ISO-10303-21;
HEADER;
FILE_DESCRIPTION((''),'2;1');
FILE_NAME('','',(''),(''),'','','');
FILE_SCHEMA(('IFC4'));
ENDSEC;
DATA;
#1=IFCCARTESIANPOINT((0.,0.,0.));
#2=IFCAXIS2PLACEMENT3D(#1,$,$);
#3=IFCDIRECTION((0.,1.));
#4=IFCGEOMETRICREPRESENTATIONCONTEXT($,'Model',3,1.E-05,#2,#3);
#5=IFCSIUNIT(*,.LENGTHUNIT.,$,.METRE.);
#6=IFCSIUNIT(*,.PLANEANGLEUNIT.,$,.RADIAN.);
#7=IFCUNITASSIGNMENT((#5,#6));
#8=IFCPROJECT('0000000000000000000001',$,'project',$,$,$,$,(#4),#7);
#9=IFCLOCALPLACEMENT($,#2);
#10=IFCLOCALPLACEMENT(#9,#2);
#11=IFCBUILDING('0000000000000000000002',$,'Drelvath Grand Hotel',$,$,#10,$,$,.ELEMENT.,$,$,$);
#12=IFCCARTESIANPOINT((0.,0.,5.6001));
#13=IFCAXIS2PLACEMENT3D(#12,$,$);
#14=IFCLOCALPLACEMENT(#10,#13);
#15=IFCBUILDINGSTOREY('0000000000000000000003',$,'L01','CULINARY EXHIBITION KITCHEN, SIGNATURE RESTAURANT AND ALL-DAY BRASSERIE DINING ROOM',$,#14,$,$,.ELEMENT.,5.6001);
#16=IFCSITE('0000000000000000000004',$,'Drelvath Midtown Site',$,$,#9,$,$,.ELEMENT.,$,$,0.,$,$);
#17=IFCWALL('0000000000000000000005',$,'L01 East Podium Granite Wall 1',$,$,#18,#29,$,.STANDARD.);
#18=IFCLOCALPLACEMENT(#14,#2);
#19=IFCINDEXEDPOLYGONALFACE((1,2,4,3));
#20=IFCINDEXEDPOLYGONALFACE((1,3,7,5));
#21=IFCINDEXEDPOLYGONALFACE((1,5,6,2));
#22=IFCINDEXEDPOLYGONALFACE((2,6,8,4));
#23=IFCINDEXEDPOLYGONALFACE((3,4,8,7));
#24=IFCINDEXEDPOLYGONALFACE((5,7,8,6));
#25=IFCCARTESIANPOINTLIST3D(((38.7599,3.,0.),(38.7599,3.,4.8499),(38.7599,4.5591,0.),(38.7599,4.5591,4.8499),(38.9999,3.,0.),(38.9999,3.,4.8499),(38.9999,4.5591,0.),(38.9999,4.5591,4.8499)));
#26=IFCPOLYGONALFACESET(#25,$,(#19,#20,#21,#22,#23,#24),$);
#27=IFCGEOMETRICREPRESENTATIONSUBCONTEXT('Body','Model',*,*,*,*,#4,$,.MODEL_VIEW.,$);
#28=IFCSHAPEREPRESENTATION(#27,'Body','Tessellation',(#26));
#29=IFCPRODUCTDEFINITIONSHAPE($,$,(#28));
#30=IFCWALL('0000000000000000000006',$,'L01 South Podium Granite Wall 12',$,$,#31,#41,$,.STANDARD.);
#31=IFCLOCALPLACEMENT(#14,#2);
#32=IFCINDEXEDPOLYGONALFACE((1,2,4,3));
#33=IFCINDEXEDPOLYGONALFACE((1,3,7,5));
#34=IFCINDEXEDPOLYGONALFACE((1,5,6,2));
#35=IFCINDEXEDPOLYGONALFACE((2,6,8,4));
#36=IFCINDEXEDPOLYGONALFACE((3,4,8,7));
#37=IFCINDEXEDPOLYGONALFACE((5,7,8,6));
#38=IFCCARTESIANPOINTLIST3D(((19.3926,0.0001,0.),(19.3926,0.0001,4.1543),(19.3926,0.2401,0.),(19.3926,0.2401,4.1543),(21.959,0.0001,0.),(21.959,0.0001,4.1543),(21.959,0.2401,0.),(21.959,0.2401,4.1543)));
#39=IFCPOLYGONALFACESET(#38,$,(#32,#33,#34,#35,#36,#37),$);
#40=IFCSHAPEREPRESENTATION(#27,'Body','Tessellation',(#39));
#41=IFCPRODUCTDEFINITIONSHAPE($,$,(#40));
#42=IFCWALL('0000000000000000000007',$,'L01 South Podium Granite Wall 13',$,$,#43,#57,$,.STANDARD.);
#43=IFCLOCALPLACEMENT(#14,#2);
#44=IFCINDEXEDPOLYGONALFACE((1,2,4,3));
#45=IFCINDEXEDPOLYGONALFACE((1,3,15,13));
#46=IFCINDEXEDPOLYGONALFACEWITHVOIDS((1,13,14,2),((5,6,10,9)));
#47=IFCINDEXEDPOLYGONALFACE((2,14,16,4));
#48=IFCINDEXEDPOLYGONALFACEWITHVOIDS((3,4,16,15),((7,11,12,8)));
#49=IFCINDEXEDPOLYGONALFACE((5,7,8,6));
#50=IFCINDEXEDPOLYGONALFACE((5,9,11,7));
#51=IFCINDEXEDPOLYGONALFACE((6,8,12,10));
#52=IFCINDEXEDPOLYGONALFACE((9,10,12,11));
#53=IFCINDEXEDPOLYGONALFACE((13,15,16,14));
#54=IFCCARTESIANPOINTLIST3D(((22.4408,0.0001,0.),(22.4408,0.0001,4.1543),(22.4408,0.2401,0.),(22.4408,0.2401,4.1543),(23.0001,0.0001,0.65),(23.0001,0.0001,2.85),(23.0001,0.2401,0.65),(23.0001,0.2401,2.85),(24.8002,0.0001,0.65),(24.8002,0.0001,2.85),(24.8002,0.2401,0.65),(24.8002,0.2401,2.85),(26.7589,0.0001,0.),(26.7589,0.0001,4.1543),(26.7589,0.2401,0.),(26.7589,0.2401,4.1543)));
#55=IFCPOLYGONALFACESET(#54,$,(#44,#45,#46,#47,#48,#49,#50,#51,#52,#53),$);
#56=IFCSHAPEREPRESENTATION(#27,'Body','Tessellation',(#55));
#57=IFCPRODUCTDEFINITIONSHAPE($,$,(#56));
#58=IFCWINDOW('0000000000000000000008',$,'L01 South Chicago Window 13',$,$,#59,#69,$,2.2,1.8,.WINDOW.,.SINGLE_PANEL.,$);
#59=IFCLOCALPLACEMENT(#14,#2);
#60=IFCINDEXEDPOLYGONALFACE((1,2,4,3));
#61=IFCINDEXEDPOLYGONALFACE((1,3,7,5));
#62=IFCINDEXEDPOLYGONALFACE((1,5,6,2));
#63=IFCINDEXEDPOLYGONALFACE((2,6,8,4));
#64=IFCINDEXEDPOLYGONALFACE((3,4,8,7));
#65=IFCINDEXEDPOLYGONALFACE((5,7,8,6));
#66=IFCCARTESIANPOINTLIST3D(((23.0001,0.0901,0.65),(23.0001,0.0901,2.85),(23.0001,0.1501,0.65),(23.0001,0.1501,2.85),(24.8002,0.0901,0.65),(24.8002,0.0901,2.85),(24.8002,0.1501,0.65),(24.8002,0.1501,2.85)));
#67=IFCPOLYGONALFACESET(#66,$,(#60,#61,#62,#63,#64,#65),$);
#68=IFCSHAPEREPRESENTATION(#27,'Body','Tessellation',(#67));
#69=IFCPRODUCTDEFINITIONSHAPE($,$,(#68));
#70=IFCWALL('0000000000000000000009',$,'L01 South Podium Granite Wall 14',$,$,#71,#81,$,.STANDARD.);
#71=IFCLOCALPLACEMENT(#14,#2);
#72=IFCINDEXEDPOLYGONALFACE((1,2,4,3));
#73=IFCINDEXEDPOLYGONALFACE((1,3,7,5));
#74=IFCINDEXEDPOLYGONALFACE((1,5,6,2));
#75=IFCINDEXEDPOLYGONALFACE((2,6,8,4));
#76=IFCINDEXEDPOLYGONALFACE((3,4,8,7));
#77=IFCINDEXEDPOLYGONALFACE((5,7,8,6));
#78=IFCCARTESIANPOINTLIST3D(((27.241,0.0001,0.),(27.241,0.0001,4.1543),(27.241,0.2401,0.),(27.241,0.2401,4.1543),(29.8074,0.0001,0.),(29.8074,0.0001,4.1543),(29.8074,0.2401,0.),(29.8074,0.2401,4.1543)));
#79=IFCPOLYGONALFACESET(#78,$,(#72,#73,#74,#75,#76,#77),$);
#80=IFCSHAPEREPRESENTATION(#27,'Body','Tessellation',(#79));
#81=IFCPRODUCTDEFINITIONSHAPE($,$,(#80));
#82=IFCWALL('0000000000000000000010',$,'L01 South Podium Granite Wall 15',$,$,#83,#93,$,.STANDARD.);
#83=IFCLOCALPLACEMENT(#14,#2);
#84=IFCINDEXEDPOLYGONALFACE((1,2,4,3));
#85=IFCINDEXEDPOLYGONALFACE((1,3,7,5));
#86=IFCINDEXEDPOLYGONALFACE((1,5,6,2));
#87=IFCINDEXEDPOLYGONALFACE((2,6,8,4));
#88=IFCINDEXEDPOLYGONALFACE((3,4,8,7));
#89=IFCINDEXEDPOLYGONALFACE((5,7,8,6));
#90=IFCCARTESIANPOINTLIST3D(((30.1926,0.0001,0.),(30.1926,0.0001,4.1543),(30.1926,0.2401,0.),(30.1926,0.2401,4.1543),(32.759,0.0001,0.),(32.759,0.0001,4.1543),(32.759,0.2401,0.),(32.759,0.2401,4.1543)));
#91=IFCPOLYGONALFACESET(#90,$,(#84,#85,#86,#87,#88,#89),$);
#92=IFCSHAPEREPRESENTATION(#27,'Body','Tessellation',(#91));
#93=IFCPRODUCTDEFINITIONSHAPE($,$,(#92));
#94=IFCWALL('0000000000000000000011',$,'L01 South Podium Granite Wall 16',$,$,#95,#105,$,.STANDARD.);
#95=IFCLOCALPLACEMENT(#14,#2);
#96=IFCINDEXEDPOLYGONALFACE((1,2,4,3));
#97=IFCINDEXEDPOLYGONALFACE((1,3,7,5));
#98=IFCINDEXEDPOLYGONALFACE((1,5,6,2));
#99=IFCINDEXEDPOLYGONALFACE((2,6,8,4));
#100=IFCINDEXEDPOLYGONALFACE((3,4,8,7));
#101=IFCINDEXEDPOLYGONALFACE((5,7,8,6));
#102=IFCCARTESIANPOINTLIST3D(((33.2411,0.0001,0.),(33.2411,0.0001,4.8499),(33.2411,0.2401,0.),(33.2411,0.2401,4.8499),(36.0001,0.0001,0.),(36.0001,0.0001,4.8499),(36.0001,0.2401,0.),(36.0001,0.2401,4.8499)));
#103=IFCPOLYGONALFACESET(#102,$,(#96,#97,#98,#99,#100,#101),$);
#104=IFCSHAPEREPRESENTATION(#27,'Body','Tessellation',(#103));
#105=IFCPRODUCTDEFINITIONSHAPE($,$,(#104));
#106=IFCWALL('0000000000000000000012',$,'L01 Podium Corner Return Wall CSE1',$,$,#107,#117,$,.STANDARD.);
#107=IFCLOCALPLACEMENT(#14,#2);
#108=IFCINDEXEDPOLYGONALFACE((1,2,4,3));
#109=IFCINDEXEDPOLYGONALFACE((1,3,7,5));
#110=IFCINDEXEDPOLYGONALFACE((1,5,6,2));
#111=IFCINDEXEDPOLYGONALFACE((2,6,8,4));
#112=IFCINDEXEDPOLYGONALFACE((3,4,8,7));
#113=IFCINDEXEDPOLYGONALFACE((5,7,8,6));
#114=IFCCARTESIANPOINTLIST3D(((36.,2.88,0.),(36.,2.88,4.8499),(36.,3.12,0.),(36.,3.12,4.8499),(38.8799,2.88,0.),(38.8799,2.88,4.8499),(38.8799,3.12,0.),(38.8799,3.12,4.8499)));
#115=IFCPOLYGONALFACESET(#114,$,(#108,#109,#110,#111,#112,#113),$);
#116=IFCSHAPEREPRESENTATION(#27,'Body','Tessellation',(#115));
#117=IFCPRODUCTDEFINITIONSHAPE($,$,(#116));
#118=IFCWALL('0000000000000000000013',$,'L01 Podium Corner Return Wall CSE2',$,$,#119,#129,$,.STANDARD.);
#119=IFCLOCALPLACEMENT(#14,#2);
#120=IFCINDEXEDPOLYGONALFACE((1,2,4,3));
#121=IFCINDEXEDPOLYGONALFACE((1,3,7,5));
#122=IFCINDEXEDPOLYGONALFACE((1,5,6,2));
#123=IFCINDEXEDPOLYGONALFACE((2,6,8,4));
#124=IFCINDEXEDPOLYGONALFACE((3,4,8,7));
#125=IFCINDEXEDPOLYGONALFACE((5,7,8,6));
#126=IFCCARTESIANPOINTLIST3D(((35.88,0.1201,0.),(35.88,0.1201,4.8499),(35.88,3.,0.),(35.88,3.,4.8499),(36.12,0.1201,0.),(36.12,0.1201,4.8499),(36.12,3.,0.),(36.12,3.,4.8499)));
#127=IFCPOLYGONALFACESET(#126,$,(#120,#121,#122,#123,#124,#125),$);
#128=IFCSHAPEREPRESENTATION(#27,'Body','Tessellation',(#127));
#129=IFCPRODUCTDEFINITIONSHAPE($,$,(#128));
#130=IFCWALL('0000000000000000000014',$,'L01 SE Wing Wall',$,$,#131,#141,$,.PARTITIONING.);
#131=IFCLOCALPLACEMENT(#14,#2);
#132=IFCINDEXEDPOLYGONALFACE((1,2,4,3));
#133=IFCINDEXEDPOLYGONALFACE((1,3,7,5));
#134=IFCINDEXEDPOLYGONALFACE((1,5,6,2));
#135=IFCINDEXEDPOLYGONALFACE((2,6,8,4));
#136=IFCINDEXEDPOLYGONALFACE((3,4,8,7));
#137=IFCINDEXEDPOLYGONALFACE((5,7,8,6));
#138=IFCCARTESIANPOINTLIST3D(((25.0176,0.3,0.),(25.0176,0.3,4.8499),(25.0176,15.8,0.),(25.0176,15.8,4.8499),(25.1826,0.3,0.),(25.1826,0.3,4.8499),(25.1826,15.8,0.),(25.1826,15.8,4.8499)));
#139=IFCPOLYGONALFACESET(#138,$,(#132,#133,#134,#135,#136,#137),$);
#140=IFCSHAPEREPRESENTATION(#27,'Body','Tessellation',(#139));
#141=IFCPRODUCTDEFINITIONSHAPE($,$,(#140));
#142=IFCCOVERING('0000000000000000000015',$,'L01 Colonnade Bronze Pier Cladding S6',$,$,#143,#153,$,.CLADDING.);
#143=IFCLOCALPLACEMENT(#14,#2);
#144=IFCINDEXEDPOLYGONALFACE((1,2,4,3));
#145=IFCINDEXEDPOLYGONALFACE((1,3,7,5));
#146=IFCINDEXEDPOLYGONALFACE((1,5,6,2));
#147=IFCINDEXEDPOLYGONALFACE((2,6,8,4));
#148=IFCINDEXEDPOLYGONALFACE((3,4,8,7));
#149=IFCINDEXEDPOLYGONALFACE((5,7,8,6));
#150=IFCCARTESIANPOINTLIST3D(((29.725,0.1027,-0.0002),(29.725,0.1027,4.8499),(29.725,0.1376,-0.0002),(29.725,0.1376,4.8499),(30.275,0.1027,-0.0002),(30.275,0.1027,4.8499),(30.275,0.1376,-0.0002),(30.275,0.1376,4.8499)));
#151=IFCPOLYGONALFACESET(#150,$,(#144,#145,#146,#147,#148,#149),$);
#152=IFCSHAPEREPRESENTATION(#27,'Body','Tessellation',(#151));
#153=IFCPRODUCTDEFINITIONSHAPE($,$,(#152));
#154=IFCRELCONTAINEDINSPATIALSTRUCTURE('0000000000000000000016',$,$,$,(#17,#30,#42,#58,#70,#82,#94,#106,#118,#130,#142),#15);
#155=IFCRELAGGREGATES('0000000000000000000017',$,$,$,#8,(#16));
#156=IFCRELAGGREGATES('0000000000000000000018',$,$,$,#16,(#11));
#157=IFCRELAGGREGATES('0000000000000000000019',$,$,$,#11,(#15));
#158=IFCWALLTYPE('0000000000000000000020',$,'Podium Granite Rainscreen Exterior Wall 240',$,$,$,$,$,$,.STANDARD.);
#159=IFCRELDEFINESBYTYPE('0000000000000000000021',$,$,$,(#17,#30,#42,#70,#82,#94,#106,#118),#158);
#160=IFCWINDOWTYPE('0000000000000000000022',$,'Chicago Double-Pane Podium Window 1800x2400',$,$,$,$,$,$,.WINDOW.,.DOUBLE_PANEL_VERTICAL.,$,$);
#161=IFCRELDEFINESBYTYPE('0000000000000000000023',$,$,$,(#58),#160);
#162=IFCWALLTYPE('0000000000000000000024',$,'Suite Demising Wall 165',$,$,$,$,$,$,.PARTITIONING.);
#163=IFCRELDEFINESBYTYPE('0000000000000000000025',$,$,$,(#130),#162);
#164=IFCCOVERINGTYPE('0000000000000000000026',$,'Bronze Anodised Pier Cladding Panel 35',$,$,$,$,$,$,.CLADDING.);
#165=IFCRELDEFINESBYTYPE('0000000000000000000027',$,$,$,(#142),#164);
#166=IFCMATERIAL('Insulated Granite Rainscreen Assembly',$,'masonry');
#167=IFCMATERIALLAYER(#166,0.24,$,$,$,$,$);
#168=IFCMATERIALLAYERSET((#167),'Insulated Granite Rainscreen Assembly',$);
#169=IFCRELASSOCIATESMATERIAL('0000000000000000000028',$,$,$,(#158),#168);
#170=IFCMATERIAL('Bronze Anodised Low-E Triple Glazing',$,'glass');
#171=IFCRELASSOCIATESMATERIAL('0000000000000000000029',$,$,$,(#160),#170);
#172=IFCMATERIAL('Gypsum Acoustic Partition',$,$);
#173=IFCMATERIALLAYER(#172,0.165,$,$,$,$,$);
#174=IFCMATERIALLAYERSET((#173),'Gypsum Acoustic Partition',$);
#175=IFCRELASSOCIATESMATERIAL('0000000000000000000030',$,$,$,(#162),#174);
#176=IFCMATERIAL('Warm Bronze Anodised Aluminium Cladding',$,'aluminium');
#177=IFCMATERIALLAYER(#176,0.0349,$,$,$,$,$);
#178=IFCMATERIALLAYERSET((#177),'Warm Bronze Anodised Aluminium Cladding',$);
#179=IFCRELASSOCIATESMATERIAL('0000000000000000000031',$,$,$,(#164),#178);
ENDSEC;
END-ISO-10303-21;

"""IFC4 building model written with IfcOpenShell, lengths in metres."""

from ifc_helpers import new_model, si_unit, direction, frame, frame_2d, origin, origin_2d, place, context, subcontext, project, spatial, rectangle, extrude, material, layer, layer_set, type_object, element, fill, save


model = new_model("IFC4")

# Units and contexts
model_context = context("Model", 3, precision=1e-05, world=origin(), true_north=direction((0.0, 1.0)))
body_context = subcontext(model_context, "Body", "Model", "MODEL_VIEW")
ifc_project = project(units=[si_unit("LENGTHUNIT", "METRE"), si_unit("PLANEANGLEUNIT", "RADIAN")], contexts=[model_context])

# Site, building, storey
site_placement = place(None, origin())
site = spatial("IfcSite", under=ifc_project, at=site_placement, Name="Drelvath Midtown Site", CompositionType="ELEMENT", RefElevation=0.0)
building_placement = place(site_placement, origin())
building = spatial("IfcBuilding", under=site, at=building_placement, Name="Drelvath Grand Hotel", CompositionType="ELEMENT")
storey_placement = place(building_placement, frame((0.0, 0.0, 5.6001)))
storey = spatial("IfcBuildingStorey", under=building, at=storey_placement, Name="L01", Description="CULINARY EXHIBITION KITCHEN, SIGNATURE RESTAURANT AND ALL-DAY BRASSERIE DINING ROOM", CompositionType="ELEMENT", Elevation=5.6001)

# Walls
ifc_material_1 = material(Name="Insulated Granite Rainscreen Assembly", Category="masonry")
ifc_layer_1 = layer(ifc_material_1, 0.24)
ifc_layer_set_1 = layer_set([ifc_layer_1], Name="Insulated Granite Rainscreen Assembly")
wall_type_1 = type_object("IfcWallType", Name="Podium Granite Rainscreen Exterior Wall 240", PredefinedType="STANDARD", material=ifc_layer_set_1)
wall_1_placement = place(storey_placement, frame((38.8799, 4.5591, 0.0), z_axis=(0.0, 0.0, 1.0), x_axis=(0.0, -1.0, 0.0)))
element("IfcWall", 1, at=wall_1_placement, inside=storey, type_object=wall_type_1, Name="L01 East Podium Granite Wall 1", PredefinedType="STANDARD", context=body_context, shape_type="SweptSolid", body=[
    extrude(rectangle(XDim=1.5591, YDim=0.24, at=frame_2d((0.7795, 0.0))), origin(), (0.0, 0.0, 1.0), 4.8499),
])
wall_2_placement = place(storey_placement, frame((21.959, 0.1201, 0.0), z_axis=(0.0, 0.0, 1.0), x_axis=(-1.0, 0.0, 0.0)))
element("IfcWall", 2, at=wall_2_placement, inside=storey, type_object=wall_type_1, Name="L01 South Podium Granite Wall 12", PredefinedType="STANDARD", context=body_context, shape_type="SweptSolid", body=[
    extrude(rectangle(XDim=2.5664, YDim=0.24, at=frame_2d((1.2832, 0.0))), origin(), (0.0, 0.0, 1.0), 4.1543),
])

# Wall, opening, window
wall_3_placement = place(storey_placement, frame((26.759, 0.1201, 0.0), z_axis=(0.0, 0.0, 1.0), x_axis=(-1.0, 0.0, 0.0)))
wall_3 = element("IfcWall", 3, at=wall_3_placement, inside=storey, type_object=wall_type_1, Name="L01 South Podium Granite Wall 13", PredefinedType="STANDARD", context=body_context, shape_type="SweptSolid", body=[
    extrude(rectangle(XDim=4.3181, YDim=0.24, at=frame_2d((2.1592, 0.0))), origin(), (0.0, 0.0, 1.0), 4.1543),
])
opening_placement = place(wall_3_placement, frame((1.959, 0.0, 0.6499)))
opening = element("IfcOpeningElement", 4, at=opening_placement, cuts=wall_3, PredefinedType="OPENING", context=body_context, shape_type="SweptSolid", body=[
    extrude(rectangle(XDim=1.8, YDim=2.2, at=frame_2d((0.8999, 1.1001))), frame((0.0, 0.1299, 0.0), z_axis=(0.0, -1.0, 0.0), x_axis=(1.0, 0.0, 0.0)), (0.0, 0.0, 1.0), 0.26),
])
ifc_material_2 = material(Name="Bronze Anodised Low-E Triple Glazing", Category="glass")
window_type = type_object("IfcWindowType", Name="Chicago Double-Pane Podium Window 1800x2400", PartitioningType="DOUBLE_PANEL_VERTICAL", PredefinedType="WINDOW", material=ifc_material_2)
window_placement = place(opening_placement, origin())
window = element("IfcWindow", 5, at=window_placement, inside=storey, type_object=window_type, Name="L01 South Chicago Window 13", OverallHeight=2.2, OverallWidth=1.8, PartitioningType="SINGLE_PANEL", PredefinedType="WINDOW", context=body_context, shape_type="SweptSolid", body=[
    extrude(rectangle(XDim=1.8, YDim=2.2, at=frame_2d((0.8999, 1.1001))), frame((0.0, 0.03, 0.0), z_axis=(0.0, -1.0, 0.0), x_axis=(1.0, 0.0, 0.0)), (0.0, 0.0, 1.0), 0.0601),
])
fill(opening, window)

# Walls
for number, where, z_axis, x_axis, name in (
    (6, (29.8074, 0.1201, 0.0), (0.0, 0.0, 1.0), (-1.0, 0.0, 0.0), "L01 South Podium Granite Wall 14"),
    (7, (32.759, 0.1201, 0.0), (0.0, 0.0, 1.0), (-1.0, 0.0, 0.0), "L01 South Podium Granite Wall 15"),
):
    element("IfcWall", number, at=place(storey_placement, frame(where, z_axis=z_axis, x_axis=x_axis)), inside=storey, type_object=wall_type_1, Name=name, PredefinedType="STANDARD", context=body_context, shape_type="SweptSolid", body=[
        extrude(rectangle(XDim=2.5664, YDim=0.24, at=frame_2d((1.2832, 0.0))), origin(), (0.0, 0.0, 1.0), 4.1543),
    ])
wall_4_placement = place(storey_placement, frame((36.0, 0.1201, 0.0), z_axis=(0.0, 0.0, 1.0), x_axis=(-1.0, 0.0, 0.0)))
element("IfcWall", 8, at=wall_4_placement, inside=storey, type_object=wall_type_1, Name="L01 South Podium Granite Wall 16", PredefinedType="STANDARD", context=body_context, shape_type="SweptSolid", body=[
    extrude(rectangle(XDim=2.759, YDim=0.24, at=frame_2d((1.3794, 0.0))), origin(), (0.0, 0.0, 1.0), 4.8499),
])
for number, where, z_axis, x_axis, name in (
    (9, (38.8799, 3.0, 0.0), (0.0, 0.0, 1.0), (-1.0, 0.0, 0.0), "L01 Podium Corner Return Wall CSE1"),
    (10, (36.0, 3.0, 0.0), (0.0, 0.0, 1.0), (0.0, -1.0, 0.0), "L01 Podium Corner Return Wall CSE2"),
):
    element("IfcWall", number, at=place(storey_placement, frame(where, z_axis=z_axis, x_axis=x_axis)), inside=storey, type_object=wall_type_1, Name=name, PredefinedType="STANDARD", context=body_context, shape_type="SweptSolid", body=[
        extrude(rectangle(XDim=2.8799, YDim=0.24, at=frame_2d((1.4399, 0.0))), origin(), (0.0, 0.0, 1.0), 4.8499),
    ])
ifc_material_3 = material(Name="Gypsum Acoustic Partition")
ifc_layer_2 = layer(ifc_material_3, 0.165)
ifc_layer_set_2 = layer_set([ifc_layer_2], Name="Gypsum Acoustic Partition")
wall_type_2 = type_object("IfcWallType", Name="Suite Demising Wall 165", PredefinedType="PARTITIONING", material=ifc_layer_set_2)
wall_5_placement = place(storey_placement, frame((25.1001, 0.3, 0.0), z_axis=(0.0, 0.0, 1.0), x_axis=(0.0, 1.0, 0.0)))
element("IfcWall", 11, at=wall_5_placement, inside=storey, type_object=wall_type_2, Name="L01 SE Wing Wall", PredefinedType="PARTITIONING", context=body_context, shape_type="SweptSolid", body=[
    extrude(rectangle(XDim=15.5, YDim=0.165, at=frame_2d((7.75, 0.0))), origin(), (0.0, 0.0, 1.0), 4.8499),
])

# Covering
ifc_material_4 = material(Name="Warm Bronze Anodised Aluminium Cladding", Category="aluminium")
ifc_layer_3 = layer(ifc_material_4, 0.0349)
ifc_layer_set_3 = layer_set([ifc_layer_3], Name="Warm Bronze Anodised Aluminium Cladding")
covering_type = type_object("IfcCoveringType", Name="Bronze Anodised Pier Cladding Panel 35", PredefinedType="CLADDING", material=ifc_layer_set_3)
covering_placement = place(storey_placement, frame((30.0, 0.1201, -0.0002), z_axis=(0.0, 0.0, 1.0), x_axis=(1.0, 0.0, 0.0)))
element("IfcCovering", 12, at=covering_placement, inside=storey, type_object=covering_type, Name="L01 Colonnade Bronze Pier Cladding S6", PredefinedType="CLADDING", context=body_context, shape_type="SweptSolid", body=[
    extrude(rectangle(XDim=0.55, YDim=0.0349, at=origin_2d()), origin(), (0.0, 0.0, 1.0), 4.8501),
])

save(model, "model.ifc")
